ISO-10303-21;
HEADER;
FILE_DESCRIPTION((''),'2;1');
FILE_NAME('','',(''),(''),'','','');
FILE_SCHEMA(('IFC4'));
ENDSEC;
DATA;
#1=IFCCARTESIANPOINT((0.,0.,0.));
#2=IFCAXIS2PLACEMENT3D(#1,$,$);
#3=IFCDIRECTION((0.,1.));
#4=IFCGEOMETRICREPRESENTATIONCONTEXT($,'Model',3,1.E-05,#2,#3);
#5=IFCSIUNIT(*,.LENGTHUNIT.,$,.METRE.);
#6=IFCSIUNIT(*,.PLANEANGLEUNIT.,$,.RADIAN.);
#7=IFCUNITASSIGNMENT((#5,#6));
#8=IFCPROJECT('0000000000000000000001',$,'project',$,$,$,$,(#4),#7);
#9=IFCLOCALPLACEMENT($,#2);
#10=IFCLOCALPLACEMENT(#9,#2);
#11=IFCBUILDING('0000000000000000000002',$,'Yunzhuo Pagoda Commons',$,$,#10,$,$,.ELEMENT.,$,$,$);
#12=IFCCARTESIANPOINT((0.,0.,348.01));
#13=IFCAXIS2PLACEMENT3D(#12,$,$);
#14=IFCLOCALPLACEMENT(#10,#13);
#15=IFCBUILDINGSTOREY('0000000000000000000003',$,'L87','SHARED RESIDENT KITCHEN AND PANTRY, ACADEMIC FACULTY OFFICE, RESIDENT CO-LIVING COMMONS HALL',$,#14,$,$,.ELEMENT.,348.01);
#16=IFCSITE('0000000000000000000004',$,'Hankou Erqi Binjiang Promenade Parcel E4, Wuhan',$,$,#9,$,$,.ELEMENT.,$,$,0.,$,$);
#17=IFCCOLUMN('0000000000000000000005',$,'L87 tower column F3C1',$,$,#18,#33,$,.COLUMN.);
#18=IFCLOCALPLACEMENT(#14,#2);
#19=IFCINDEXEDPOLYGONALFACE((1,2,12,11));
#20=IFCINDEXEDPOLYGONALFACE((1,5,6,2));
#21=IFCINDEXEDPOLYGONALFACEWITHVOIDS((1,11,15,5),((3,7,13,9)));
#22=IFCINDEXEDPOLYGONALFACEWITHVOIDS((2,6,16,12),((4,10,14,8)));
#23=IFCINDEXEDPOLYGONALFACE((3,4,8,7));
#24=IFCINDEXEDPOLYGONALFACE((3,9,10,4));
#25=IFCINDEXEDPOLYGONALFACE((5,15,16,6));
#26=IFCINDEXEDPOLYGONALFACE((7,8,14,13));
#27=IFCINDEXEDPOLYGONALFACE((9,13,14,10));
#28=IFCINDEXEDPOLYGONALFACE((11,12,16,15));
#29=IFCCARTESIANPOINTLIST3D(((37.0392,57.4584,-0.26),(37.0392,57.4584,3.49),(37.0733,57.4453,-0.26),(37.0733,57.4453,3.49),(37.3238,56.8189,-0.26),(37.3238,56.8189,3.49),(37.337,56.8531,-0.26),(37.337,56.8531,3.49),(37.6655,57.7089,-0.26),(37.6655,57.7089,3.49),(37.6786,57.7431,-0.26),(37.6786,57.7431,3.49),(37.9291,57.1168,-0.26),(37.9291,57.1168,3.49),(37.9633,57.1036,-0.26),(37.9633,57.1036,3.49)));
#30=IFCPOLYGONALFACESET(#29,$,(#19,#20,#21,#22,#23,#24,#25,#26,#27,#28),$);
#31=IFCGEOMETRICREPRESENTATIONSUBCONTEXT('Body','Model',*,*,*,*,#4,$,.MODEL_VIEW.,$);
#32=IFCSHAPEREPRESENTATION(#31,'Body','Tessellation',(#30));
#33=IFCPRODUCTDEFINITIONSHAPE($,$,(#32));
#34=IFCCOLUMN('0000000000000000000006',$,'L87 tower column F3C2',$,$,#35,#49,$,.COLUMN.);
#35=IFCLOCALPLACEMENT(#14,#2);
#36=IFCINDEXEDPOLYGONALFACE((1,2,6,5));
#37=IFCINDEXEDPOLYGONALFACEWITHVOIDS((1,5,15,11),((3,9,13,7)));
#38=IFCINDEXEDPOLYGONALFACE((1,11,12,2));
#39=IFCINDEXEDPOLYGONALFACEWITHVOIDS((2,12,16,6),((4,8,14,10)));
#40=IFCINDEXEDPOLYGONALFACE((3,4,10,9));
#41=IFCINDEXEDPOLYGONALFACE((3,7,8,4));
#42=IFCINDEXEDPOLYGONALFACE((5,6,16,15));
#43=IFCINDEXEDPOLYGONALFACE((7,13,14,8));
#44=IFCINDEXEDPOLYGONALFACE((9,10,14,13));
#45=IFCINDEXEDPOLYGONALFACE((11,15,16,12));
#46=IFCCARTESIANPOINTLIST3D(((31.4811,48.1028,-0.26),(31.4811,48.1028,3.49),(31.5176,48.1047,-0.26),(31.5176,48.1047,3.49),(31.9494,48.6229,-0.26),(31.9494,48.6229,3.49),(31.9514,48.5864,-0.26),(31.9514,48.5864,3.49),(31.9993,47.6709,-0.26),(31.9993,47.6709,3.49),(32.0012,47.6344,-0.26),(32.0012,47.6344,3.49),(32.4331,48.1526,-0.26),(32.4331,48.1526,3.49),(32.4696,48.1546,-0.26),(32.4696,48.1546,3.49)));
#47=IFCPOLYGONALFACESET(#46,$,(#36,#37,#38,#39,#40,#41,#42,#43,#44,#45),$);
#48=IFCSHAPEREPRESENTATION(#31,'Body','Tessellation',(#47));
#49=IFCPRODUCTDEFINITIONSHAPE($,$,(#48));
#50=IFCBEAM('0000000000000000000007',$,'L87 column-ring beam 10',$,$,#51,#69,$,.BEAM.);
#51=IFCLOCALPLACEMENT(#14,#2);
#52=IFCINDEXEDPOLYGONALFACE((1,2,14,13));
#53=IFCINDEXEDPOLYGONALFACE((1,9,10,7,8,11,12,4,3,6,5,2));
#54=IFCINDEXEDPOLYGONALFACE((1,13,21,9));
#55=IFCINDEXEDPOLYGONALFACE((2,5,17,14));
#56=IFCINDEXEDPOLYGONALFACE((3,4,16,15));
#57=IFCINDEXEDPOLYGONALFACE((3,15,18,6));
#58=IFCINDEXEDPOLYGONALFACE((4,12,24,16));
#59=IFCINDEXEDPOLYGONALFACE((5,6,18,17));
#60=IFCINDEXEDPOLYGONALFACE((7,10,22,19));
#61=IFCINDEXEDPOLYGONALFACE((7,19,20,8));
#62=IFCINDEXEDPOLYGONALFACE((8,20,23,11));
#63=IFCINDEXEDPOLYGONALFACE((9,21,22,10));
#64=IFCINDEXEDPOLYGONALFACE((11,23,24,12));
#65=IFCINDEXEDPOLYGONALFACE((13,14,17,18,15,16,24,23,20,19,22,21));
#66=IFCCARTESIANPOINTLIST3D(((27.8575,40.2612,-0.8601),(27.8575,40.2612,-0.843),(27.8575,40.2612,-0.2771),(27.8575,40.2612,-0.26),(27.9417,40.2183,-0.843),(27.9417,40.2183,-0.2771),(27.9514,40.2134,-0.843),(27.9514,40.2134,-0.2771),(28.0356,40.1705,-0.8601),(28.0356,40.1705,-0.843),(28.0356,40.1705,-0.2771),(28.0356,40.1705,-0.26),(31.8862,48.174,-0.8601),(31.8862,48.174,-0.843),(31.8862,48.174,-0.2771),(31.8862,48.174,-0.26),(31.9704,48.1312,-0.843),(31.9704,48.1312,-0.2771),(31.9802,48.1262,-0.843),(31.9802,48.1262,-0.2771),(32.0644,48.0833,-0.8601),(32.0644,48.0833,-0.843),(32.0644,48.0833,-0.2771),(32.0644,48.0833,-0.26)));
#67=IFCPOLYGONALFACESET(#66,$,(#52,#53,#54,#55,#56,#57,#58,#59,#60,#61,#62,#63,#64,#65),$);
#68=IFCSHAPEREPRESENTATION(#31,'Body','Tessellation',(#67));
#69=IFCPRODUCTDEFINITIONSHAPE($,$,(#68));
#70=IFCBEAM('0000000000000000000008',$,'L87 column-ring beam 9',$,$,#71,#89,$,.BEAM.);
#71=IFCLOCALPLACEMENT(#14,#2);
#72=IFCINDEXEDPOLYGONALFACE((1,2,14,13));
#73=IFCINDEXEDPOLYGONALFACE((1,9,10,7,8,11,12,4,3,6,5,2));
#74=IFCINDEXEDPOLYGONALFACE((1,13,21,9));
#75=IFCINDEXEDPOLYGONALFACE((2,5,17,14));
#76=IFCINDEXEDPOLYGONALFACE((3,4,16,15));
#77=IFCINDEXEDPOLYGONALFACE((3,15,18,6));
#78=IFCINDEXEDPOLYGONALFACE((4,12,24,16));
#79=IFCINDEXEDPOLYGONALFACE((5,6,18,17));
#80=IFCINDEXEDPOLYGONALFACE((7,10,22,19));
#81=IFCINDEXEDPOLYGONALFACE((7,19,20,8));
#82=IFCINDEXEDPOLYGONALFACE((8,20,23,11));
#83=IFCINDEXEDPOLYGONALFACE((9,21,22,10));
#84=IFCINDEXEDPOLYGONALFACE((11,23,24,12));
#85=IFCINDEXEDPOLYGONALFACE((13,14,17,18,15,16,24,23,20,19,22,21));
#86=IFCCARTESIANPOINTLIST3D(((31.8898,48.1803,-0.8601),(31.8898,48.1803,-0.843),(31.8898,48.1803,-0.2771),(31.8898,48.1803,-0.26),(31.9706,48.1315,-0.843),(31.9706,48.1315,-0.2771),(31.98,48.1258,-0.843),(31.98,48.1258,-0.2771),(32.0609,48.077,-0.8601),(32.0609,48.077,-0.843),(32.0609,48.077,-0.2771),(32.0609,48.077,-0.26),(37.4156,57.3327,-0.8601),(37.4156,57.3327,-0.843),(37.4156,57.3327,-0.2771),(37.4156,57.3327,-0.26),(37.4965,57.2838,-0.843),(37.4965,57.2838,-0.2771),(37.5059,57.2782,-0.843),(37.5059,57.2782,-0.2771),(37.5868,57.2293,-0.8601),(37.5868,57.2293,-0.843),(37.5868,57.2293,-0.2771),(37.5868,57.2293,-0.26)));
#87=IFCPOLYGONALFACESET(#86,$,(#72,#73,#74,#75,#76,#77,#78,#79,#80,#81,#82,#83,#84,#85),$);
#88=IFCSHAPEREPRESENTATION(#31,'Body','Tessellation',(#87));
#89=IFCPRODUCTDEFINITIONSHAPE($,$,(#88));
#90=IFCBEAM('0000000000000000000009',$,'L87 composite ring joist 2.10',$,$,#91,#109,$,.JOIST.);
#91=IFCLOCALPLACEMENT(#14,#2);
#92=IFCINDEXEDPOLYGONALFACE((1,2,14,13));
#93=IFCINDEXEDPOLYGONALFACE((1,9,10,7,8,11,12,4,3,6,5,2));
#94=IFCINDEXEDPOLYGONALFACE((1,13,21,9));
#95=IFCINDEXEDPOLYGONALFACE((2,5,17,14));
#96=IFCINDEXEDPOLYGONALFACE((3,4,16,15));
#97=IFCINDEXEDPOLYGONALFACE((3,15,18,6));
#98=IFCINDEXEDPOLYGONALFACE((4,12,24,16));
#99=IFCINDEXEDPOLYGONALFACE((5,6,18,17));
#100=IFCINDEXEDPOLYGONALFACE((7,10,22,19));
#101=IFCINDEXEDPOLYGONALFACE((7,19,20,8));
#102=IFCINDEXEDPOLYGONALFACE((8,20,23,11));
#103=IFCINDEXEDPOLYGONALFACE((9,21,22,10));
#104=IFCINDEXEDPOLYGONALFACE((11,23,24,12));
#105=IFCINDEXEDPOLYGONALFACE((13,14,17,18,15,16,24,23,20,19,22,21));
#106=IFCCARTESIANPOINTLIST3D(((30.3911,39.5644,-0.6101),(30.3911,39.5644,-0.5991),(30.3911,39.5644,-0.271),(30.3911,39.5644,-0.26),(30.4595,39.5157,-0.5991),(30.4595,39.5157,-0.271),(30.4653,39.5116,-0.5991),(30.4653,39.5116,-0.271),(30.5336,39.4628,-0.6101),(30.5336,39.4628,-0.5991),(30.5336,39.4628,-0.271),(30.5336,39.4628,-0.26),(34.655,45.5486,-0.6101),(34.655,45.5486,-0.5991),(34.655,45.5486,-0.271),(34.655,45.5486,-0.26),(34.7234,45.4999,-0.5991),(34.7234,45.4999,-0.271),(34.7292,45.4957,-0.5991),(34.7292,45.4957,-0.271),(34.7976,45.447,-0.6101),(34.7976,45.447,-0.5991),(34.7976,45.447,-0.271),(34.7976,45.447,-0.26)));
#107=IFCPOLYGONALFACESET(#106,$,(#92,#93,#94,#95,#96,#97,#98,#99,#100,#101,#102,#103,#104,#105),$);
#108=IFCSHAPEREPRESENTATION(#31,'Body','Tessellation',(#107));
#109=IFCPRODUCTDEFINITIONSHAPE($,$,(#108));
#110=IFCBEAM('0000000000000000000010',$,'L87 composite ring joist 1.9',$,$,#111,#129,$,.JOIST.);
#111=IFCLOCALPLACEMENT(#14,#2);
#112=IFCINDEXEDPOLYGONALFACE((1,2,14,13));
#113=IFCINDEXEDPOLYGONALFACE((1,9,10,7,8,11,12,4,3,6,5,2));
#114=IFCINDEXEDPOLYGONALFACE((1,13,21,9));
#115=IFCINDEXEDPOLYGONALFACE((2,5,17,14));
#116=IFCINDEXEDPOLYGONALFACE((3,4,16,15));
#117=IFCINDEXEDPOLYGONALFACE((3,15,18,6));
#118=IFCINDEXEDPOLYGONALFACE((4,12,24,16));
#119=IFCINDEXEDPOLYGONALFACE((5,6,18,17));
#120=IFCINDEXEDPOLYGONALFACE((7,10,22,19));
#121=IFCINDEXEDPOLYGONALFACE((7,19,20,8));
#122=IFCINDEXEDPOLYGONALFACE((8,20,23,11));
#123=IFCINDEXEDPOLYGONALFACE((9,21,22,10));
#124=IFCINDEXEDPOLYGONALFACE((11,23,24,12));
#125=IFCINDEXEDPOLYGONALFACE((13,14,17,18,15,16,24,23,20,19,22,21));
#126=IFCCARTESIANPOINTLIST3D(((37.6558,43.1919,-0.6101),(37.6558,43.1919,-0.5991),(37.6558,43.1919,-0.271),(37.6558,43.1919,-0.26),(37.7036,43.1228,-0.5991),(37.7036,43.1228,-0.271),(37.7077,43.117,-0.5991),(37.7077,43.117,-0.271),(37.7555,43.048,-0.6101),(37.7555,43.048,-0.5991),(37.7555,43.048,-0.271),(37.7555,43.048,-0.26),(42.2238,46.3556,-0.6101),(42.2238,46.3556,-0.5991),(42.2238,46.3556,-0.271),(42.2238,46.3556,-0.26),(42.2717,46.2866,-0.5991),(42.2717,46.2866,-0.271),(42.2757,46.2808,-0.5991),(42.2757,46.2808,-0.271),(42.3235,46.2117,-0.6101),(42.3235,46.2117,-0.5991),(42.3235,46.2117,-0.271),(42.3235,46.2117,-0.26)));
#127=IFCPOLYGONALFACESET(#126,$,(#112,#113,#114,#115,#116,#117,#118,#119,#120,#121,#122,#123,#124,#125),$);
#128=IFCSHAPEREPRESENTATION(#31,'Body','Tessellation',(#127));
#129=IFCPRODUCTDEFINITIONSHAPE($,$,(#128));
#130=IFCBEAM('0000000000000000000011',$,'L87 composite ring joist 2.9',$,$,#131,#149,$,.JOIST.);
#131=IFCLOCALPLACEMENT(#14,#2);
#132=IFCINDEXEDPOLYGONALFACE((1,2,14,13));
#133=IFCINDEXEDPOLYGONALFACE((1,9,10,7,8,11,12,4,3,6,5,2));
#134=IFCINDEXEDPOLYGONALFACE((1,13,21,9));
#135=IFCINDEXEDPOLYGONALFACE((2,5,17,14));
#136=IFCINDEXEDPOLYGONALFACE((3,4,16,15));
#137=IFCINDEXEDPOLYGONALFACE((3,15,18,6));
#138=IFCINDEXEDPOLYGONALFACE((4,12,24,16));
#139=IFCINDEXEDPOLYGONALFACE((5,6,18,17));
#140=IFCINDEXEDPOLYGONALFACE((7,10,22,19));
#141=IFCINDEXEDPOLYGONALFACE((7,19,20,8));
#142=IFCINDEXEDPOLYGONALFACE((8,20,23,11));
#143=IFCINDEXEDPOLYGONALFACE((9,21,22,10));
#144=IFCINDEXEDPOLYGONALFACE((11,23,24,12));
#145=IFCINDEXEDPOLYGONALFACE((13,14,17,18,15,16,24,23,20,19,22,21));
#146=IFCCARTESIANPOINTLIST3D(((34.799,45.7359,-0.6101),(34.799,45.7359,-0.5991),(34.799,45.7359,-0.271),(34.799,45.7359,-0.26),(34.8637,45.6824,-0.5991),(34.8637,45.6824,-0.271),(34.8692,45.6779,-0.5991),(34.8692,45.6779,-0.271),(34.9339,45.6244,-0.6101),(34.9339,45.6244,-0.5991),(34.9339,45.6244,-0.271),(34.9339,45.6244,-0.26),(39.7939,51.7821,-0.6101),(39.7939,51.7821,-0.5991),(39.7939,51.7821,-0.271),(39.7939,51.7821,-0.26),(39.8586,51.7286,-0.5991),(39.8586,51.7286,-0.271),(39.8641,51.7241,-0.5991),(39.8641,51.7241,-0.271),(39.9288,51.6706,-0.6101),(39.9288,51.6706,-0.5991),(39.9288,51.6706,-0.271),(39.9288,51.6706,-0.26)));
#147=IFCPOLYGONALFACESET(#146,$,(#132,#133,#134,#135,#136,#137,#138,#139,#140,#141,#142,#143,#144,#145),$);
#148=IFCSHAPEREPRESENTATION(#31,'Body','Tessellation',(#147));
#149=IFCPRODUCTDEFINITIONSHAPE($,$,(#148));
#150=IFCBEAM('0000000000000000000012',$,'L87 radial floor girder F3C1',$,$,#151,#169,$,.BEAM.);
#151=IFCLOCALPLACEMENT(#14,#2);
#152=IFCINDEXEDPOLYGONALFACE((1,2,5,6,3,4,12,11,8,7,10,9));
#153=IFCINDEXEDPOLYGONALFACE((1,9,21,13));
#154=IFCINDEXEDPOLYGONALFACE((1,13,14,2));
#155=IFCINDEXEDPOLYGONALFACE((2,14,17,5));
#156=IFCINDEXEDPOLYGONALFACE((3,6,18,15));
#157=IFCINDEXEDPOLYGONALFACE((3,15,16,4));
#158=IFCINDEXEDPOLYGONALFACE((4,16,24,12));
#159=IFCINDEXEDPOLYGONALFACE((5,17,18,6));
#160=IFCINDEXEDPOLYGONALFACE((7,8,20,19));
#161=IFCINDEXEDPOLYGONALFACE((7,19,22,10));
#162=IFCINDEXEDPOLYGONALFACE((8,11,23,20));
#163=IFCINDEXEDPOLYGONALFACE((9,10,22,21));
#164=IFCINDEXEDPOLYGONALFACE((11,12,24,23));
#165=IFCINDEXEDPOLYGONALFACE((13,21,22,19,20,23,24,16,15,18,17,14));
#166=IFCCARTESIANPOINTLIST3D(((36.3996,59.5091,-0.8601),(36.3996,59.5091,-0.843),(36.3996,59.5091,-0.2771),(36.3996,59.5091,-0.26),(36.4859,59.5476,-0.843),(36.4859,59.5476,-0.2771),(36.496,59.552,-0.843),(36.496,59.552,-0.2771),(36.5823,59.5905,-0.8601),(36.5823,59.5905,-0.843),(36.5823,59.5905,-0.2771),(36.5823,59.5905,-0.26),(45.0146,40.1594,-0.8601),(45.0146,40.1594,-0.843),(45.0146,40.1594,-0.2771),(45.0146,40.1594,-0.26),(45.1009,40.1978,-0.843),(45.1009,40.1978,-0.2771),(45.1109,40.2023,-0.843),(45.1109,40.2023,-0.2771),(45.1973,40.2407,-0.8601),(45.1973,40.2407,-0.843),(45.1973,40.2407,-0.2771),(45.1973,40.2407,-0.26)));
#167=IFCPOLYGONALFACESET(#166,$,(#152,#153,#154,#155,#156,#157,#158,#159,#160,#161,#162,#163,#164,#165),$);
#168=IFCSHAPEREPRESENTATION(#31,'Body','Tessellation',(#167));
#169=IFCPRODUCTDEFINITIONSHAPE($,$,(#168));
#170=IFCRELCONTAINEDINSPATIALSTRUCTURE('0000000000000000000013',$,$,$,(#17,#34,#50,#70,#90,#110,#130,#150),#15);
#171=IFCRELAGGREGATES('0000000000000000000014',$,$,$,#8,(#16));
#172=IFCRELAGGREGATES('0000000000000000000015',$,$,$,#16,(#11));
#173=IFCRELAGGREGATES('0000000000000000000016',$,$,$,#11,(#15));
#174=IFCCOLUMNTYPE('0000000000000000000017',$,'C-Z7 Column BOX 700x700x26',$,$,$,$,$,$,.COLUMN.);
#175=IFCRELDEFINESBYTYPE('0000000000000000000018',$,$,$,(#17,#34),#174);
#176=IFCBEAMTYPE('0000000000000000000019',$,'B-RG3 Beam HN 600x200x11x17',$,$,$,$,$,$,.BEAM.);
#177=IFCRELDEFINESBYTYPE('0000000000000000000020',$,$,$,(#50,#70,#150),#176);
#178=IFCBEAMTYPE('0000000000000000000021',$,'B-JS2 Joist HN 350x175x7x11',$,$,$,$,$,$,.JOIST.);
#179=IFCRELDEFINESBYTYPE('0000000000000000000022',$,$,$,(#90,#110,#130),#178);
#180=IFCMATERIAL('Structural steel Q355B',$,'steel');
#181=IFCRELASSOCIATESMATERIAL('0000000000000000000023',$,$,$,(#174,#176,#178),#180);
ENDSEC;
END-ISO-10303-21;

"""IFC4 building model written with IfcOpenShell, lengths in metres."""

from ifc_helpers import new_model, si_unit, direction, frame, origin, origin_2d, place, context, subcontext, project, spatial, hollow_rectangle, i_section, extrude, source, transform, mapped, material, material_profile, profile_set, type_object, element, save


model = new_model("IFC4")

# Units and contexts
model_context = context("Model", 3, precision=1e-05, world=origin(), true_north=direction((0.0, 1.0)))
body_context = subcontext(model_context, "Body", "Model", "MODEL_VIEW")
ifc_project = project(units=[si_unit("LENGTHUNIT", "METRE"), si_unit("PLANEANGLEUNIT", "RADIAN")], contexts=[model_context])

# Site, building, storey
site_placement = place(None, origin())
site = spatial("IfcSite", under=ifc_project, at=site_placement, Name="Hankou Erqi Binjiang Promenade Parcel E4, Wuhan", CompositionType="ELEMENT", RefElevation=0.0)
building_placement = place(site_placement, origin())
building = spatial("IfcBuilding", under=site, at=building_placement, Name="Yunzhuo Pagoda Commons", CompositionType="ELEMENT")
storey_placement = place(building_placement, frame((0.0, 0.0, 348.01)))
storey = spatial("IfcBuildingStorey", under=building, at=storey_placement, Name="L87", Description="SHARED RESIDENT KITCHEN AND PANTRY, ACADEMIC FACULTY OFFICE, RESIDENT CO-LIVING COMMONS HALL", CompositionType="ELEMENT", Elevation=348.01)

# Columns
ifc_material_1 = material(Name="Structural steel Q355B", Category="steel")
ifc_material_profile_1 = material_profile(ifc_material_1, hollow_rectangle(XDim=0.7, YDim=0.7, WallThickness=0.0259, at=origin_2d()), Name="Structural steel Q355B")
ifc_profile_set_1 = profile_set([ifc_material_profile_1], Name="Structural steel Q355B")
column_type = type_object("IfcColumnType", Name="C-Z7 Column BOX 700x700x26", PredefinedType="COLUMN", material=ifc_profile_set_1)
shared_shape_1 = source(origin(), body_context, "Body", "SweptSolid", [
    extrude(hollow_rectangle(XDim=0.7, YDim=0.7, WallThickness=0.0259, at=origin_2d()), origin(), (0.0, 0.0, 1.0), 3.75),
])
for number, where, z_axis, x_axis, name in (
    (1, (37.5012, 57.281, -0.26), (0.0, 0.0, 1.0), (-0.913545, -0.406737, 0.0), "L87 tower column F3C1"),
    (2, (31.9753, 48.1287, -0.26), (0.0, 0.0, 1.0), (-0.669131, -0.743145, 0.0), "L87 tower column F3C2"),
):
    element("IfcColumn", number, at=place(storey_placement, frame(where, z_axis=z_axis, x_axis=x_axis)), inside=storey, type_object=column_type, Name=name, PredefinedType="COLUMN", context=body_context, shape_type="MappedRepresentation", body=[
        mapped(shared_shape_1, transform((0.0, 0.0, 0.0), scale=1.0)),
    ])

# Beams
ifc_material_profile_2 = material_profile(ifc_material_1, i_section(OverallWidth=0.2, OverallDepth=0.6001, WebThickness=0.011, FlangeThickness=0.0171, at=origin_2d()), Name="Structural steel Q355B")
ifc_profile_set_2 = profile_set([ifc_material_profile_2], Name="Structural steel Q355B")
beam_type_1 = type_object("IfcBeamType", Name="B-RG3 Beam HN 600x200x11x17", PredefinedType="BEAM", material=ifc_profile_set_2)
shared_shape_2 = source(origin(), body_context, "Body", "SweptSolid", [
    extrude(i_section(OverallWidth=0.2, OverallDepth=0.6001, WebThickness=0.011, FlangeThickness=0.0171, at=origin_2d()), origin(), (0.0, 0.0, 1.0), 8.8794),
])
beam_1_placement = place(storey_placement, frame((31.9753, 48.1287, -0.5601), z_axis=(-0.453724, -0.891142, 0.0), x_axis=(0.891142, -0.453724, 0.0)))
element("IfcBeam", 3, at=beam_1_placement, inside=storey, type_object=beam_type_1, Name="L87 column-ring beam 10", PredefinedType="BEAM", context=body_context, shape_type="MappedRepresentation", body=[
    mapped(shared_shape_2, transform((0.0, 0.0, 0.0), scale=1.0)),
])
shared_shape_3 = source(origin(), body_context, "Body", "SweptSolid", [
    extrude(i_section(OverallWidth=0.2, OverallDepth=0.6001, WebThickness=0.011, FlangeThickness=0.0171, at=origin_2d()), origin(), (0.0, 0.0, 1.0), 10.6912),
])
beam_2_placement = place(storey_placement, frame((37.5012, 57.281, -0.5601), z_axis=(-0.516865, -0.856067, 0.0), x_axis=(0.856067, -0.516865, 0.0)))
element("IfcBeam", 4, at=beam_2_placement, inside=storey, type_object=beam_type_1, Name="L87 column-ring beam 9", PredefinedType="BEAM", context=body_context, shape_type="MappedRepresentation", body=[
    mapped(shared_shape_3, transform((0.0, 0.0, 0.0), scale=1.0)),
])
ifc_material_profile_3 = material_profile(ifc_material_1, i_section(OverallWidth=0.175, OverallDepth=0.3501, WebThickness=0.0071, FlangeThickness=0.011, at=origin_2d()), Name="Structural steel Q355B")
ifc_profile_set_3 = profile_set([ifc_material_profile_3], Name="Structural steel Q355B")
beam_type_2 = type_object("IfcBeamType", Name="B-JS2 Joist HN 350x175x7x11", PredefinedType="JOIST", material=ifc_profile_set_3)
shared_shape_4 = source(origin(), body_context, "Body", "SweptSolid", [
    extrude(i_section(OverallWidth=0.175, OverallDepth=0.3501, WebThickness=0.0071, FlangeThickness=0.011, at=origin_2d()), origin(), (0.0, 0.0, 1.0), 7.3479),
])
beam_3_placement = place(storey_placement, frame((34.7263, 45.4978, -0.4351), z_axis=(-0.580295, -0.814406, 0.0), x_axis=(0.814406, -0.580295, 0.0)))
element("IfcBeam", 5, at=beam_3_placement, inside=storey, type_object=beam_type_2, Name="L87 composite ring joist 2.10", PredefinedType="JOIST", context=body_context, shape_type="MappedRepresentation", body=[
    mapped(shared_shape_4, transform((0.0, 0.0, 0.0), scale=1.0)),
])
shared_shape_5 = source(origin(), body_context, "Body", "SweptSolid", [
    extrude(i_section(OverallWidth=0.175, OverallDepth=0.3501, WebThickness=0.0071, FlangeThickness=0.011, at=origin_2d()), origin(), (0.0, 0.0, 1.0), 5.5566),
])
beam_4_placement = place(storey_placement, frame((42.2737, 46.2837, -0.4351), z_axis=(-0.822085, -0.569365, 0.0), x_axis=(0.569365, -0.822085, 0.0)))
element("IfcBeam", 6, at=beam_4_placement, inside=storey, type_object=beam_type_2, Name="L87 composite ring joist 1.9", PredefinedType="JOIST", context=body_context, shape_type="MappedRepresentation", body=[
    mapped(shared_shape_5, transform((0.0, 0.0, 0.0), scale=1.0)),
])
shared_shape_6 = source(origin(), body_context, "Body", "SweptSolid", [
    extrude(i_section(OverallWidth=0.175, OverallDepth=0.3501, WebThickness=0.0071, FlangeThickness=0.011, at=origin_2d()), origin(), (0.0, 0.0, 1.0), 7.8425),
])
beam_5_placement = place(storey_placement, frame((39.8613, 51.7263, -0.4351), z_axis=(-0.636899, -0.770947, 0.0), x_axis=(0.770947, -0.636899, 0.0)))
element("IfcBeam", 7, at=beam_5_placement, inside=storey, type_object=beam_type_2, Name="L87 composite ring joist 2.9", PredefinedType="JOIST", context=body_context, shape_type="MappedRepresentation", body=[
    mapped(shared_shape_6, transform((0.0, 0.0, 0.0), scale=1.0)),
])
shared_shape_7 = source(origin(), body_context, "Body", "SweptSolid", [
    extrude(i_section(OverallWidth=0.2, OverallDepth=0.6001, WebThickness=0.011, FlangeThickness=0.0171, at=origin_2d()), origin(), (0.0, 0.0, 1.0), 21.1809),
])
beam_6_placement = place(storey_placement, frame((36.491, 59.5498, -0.5601), z_axis=(0.406732, -0.913548, 0.0), x_axis=(0.913548, 0.406732, 0.0)))
element("IfcBeam", 8, at=beam_6_placement, inside=storey, type_object=beam_type_1, Name="L87 radial floor girder F3C1", PredefinedType="BEAM", context=body_context, shape_type="MappedRepresentation", body=[
    mapped(shared_shape_7, transform((0.0, 0.0, 0.0), scale=1.0)),
])

save(model, "model.ifc")
